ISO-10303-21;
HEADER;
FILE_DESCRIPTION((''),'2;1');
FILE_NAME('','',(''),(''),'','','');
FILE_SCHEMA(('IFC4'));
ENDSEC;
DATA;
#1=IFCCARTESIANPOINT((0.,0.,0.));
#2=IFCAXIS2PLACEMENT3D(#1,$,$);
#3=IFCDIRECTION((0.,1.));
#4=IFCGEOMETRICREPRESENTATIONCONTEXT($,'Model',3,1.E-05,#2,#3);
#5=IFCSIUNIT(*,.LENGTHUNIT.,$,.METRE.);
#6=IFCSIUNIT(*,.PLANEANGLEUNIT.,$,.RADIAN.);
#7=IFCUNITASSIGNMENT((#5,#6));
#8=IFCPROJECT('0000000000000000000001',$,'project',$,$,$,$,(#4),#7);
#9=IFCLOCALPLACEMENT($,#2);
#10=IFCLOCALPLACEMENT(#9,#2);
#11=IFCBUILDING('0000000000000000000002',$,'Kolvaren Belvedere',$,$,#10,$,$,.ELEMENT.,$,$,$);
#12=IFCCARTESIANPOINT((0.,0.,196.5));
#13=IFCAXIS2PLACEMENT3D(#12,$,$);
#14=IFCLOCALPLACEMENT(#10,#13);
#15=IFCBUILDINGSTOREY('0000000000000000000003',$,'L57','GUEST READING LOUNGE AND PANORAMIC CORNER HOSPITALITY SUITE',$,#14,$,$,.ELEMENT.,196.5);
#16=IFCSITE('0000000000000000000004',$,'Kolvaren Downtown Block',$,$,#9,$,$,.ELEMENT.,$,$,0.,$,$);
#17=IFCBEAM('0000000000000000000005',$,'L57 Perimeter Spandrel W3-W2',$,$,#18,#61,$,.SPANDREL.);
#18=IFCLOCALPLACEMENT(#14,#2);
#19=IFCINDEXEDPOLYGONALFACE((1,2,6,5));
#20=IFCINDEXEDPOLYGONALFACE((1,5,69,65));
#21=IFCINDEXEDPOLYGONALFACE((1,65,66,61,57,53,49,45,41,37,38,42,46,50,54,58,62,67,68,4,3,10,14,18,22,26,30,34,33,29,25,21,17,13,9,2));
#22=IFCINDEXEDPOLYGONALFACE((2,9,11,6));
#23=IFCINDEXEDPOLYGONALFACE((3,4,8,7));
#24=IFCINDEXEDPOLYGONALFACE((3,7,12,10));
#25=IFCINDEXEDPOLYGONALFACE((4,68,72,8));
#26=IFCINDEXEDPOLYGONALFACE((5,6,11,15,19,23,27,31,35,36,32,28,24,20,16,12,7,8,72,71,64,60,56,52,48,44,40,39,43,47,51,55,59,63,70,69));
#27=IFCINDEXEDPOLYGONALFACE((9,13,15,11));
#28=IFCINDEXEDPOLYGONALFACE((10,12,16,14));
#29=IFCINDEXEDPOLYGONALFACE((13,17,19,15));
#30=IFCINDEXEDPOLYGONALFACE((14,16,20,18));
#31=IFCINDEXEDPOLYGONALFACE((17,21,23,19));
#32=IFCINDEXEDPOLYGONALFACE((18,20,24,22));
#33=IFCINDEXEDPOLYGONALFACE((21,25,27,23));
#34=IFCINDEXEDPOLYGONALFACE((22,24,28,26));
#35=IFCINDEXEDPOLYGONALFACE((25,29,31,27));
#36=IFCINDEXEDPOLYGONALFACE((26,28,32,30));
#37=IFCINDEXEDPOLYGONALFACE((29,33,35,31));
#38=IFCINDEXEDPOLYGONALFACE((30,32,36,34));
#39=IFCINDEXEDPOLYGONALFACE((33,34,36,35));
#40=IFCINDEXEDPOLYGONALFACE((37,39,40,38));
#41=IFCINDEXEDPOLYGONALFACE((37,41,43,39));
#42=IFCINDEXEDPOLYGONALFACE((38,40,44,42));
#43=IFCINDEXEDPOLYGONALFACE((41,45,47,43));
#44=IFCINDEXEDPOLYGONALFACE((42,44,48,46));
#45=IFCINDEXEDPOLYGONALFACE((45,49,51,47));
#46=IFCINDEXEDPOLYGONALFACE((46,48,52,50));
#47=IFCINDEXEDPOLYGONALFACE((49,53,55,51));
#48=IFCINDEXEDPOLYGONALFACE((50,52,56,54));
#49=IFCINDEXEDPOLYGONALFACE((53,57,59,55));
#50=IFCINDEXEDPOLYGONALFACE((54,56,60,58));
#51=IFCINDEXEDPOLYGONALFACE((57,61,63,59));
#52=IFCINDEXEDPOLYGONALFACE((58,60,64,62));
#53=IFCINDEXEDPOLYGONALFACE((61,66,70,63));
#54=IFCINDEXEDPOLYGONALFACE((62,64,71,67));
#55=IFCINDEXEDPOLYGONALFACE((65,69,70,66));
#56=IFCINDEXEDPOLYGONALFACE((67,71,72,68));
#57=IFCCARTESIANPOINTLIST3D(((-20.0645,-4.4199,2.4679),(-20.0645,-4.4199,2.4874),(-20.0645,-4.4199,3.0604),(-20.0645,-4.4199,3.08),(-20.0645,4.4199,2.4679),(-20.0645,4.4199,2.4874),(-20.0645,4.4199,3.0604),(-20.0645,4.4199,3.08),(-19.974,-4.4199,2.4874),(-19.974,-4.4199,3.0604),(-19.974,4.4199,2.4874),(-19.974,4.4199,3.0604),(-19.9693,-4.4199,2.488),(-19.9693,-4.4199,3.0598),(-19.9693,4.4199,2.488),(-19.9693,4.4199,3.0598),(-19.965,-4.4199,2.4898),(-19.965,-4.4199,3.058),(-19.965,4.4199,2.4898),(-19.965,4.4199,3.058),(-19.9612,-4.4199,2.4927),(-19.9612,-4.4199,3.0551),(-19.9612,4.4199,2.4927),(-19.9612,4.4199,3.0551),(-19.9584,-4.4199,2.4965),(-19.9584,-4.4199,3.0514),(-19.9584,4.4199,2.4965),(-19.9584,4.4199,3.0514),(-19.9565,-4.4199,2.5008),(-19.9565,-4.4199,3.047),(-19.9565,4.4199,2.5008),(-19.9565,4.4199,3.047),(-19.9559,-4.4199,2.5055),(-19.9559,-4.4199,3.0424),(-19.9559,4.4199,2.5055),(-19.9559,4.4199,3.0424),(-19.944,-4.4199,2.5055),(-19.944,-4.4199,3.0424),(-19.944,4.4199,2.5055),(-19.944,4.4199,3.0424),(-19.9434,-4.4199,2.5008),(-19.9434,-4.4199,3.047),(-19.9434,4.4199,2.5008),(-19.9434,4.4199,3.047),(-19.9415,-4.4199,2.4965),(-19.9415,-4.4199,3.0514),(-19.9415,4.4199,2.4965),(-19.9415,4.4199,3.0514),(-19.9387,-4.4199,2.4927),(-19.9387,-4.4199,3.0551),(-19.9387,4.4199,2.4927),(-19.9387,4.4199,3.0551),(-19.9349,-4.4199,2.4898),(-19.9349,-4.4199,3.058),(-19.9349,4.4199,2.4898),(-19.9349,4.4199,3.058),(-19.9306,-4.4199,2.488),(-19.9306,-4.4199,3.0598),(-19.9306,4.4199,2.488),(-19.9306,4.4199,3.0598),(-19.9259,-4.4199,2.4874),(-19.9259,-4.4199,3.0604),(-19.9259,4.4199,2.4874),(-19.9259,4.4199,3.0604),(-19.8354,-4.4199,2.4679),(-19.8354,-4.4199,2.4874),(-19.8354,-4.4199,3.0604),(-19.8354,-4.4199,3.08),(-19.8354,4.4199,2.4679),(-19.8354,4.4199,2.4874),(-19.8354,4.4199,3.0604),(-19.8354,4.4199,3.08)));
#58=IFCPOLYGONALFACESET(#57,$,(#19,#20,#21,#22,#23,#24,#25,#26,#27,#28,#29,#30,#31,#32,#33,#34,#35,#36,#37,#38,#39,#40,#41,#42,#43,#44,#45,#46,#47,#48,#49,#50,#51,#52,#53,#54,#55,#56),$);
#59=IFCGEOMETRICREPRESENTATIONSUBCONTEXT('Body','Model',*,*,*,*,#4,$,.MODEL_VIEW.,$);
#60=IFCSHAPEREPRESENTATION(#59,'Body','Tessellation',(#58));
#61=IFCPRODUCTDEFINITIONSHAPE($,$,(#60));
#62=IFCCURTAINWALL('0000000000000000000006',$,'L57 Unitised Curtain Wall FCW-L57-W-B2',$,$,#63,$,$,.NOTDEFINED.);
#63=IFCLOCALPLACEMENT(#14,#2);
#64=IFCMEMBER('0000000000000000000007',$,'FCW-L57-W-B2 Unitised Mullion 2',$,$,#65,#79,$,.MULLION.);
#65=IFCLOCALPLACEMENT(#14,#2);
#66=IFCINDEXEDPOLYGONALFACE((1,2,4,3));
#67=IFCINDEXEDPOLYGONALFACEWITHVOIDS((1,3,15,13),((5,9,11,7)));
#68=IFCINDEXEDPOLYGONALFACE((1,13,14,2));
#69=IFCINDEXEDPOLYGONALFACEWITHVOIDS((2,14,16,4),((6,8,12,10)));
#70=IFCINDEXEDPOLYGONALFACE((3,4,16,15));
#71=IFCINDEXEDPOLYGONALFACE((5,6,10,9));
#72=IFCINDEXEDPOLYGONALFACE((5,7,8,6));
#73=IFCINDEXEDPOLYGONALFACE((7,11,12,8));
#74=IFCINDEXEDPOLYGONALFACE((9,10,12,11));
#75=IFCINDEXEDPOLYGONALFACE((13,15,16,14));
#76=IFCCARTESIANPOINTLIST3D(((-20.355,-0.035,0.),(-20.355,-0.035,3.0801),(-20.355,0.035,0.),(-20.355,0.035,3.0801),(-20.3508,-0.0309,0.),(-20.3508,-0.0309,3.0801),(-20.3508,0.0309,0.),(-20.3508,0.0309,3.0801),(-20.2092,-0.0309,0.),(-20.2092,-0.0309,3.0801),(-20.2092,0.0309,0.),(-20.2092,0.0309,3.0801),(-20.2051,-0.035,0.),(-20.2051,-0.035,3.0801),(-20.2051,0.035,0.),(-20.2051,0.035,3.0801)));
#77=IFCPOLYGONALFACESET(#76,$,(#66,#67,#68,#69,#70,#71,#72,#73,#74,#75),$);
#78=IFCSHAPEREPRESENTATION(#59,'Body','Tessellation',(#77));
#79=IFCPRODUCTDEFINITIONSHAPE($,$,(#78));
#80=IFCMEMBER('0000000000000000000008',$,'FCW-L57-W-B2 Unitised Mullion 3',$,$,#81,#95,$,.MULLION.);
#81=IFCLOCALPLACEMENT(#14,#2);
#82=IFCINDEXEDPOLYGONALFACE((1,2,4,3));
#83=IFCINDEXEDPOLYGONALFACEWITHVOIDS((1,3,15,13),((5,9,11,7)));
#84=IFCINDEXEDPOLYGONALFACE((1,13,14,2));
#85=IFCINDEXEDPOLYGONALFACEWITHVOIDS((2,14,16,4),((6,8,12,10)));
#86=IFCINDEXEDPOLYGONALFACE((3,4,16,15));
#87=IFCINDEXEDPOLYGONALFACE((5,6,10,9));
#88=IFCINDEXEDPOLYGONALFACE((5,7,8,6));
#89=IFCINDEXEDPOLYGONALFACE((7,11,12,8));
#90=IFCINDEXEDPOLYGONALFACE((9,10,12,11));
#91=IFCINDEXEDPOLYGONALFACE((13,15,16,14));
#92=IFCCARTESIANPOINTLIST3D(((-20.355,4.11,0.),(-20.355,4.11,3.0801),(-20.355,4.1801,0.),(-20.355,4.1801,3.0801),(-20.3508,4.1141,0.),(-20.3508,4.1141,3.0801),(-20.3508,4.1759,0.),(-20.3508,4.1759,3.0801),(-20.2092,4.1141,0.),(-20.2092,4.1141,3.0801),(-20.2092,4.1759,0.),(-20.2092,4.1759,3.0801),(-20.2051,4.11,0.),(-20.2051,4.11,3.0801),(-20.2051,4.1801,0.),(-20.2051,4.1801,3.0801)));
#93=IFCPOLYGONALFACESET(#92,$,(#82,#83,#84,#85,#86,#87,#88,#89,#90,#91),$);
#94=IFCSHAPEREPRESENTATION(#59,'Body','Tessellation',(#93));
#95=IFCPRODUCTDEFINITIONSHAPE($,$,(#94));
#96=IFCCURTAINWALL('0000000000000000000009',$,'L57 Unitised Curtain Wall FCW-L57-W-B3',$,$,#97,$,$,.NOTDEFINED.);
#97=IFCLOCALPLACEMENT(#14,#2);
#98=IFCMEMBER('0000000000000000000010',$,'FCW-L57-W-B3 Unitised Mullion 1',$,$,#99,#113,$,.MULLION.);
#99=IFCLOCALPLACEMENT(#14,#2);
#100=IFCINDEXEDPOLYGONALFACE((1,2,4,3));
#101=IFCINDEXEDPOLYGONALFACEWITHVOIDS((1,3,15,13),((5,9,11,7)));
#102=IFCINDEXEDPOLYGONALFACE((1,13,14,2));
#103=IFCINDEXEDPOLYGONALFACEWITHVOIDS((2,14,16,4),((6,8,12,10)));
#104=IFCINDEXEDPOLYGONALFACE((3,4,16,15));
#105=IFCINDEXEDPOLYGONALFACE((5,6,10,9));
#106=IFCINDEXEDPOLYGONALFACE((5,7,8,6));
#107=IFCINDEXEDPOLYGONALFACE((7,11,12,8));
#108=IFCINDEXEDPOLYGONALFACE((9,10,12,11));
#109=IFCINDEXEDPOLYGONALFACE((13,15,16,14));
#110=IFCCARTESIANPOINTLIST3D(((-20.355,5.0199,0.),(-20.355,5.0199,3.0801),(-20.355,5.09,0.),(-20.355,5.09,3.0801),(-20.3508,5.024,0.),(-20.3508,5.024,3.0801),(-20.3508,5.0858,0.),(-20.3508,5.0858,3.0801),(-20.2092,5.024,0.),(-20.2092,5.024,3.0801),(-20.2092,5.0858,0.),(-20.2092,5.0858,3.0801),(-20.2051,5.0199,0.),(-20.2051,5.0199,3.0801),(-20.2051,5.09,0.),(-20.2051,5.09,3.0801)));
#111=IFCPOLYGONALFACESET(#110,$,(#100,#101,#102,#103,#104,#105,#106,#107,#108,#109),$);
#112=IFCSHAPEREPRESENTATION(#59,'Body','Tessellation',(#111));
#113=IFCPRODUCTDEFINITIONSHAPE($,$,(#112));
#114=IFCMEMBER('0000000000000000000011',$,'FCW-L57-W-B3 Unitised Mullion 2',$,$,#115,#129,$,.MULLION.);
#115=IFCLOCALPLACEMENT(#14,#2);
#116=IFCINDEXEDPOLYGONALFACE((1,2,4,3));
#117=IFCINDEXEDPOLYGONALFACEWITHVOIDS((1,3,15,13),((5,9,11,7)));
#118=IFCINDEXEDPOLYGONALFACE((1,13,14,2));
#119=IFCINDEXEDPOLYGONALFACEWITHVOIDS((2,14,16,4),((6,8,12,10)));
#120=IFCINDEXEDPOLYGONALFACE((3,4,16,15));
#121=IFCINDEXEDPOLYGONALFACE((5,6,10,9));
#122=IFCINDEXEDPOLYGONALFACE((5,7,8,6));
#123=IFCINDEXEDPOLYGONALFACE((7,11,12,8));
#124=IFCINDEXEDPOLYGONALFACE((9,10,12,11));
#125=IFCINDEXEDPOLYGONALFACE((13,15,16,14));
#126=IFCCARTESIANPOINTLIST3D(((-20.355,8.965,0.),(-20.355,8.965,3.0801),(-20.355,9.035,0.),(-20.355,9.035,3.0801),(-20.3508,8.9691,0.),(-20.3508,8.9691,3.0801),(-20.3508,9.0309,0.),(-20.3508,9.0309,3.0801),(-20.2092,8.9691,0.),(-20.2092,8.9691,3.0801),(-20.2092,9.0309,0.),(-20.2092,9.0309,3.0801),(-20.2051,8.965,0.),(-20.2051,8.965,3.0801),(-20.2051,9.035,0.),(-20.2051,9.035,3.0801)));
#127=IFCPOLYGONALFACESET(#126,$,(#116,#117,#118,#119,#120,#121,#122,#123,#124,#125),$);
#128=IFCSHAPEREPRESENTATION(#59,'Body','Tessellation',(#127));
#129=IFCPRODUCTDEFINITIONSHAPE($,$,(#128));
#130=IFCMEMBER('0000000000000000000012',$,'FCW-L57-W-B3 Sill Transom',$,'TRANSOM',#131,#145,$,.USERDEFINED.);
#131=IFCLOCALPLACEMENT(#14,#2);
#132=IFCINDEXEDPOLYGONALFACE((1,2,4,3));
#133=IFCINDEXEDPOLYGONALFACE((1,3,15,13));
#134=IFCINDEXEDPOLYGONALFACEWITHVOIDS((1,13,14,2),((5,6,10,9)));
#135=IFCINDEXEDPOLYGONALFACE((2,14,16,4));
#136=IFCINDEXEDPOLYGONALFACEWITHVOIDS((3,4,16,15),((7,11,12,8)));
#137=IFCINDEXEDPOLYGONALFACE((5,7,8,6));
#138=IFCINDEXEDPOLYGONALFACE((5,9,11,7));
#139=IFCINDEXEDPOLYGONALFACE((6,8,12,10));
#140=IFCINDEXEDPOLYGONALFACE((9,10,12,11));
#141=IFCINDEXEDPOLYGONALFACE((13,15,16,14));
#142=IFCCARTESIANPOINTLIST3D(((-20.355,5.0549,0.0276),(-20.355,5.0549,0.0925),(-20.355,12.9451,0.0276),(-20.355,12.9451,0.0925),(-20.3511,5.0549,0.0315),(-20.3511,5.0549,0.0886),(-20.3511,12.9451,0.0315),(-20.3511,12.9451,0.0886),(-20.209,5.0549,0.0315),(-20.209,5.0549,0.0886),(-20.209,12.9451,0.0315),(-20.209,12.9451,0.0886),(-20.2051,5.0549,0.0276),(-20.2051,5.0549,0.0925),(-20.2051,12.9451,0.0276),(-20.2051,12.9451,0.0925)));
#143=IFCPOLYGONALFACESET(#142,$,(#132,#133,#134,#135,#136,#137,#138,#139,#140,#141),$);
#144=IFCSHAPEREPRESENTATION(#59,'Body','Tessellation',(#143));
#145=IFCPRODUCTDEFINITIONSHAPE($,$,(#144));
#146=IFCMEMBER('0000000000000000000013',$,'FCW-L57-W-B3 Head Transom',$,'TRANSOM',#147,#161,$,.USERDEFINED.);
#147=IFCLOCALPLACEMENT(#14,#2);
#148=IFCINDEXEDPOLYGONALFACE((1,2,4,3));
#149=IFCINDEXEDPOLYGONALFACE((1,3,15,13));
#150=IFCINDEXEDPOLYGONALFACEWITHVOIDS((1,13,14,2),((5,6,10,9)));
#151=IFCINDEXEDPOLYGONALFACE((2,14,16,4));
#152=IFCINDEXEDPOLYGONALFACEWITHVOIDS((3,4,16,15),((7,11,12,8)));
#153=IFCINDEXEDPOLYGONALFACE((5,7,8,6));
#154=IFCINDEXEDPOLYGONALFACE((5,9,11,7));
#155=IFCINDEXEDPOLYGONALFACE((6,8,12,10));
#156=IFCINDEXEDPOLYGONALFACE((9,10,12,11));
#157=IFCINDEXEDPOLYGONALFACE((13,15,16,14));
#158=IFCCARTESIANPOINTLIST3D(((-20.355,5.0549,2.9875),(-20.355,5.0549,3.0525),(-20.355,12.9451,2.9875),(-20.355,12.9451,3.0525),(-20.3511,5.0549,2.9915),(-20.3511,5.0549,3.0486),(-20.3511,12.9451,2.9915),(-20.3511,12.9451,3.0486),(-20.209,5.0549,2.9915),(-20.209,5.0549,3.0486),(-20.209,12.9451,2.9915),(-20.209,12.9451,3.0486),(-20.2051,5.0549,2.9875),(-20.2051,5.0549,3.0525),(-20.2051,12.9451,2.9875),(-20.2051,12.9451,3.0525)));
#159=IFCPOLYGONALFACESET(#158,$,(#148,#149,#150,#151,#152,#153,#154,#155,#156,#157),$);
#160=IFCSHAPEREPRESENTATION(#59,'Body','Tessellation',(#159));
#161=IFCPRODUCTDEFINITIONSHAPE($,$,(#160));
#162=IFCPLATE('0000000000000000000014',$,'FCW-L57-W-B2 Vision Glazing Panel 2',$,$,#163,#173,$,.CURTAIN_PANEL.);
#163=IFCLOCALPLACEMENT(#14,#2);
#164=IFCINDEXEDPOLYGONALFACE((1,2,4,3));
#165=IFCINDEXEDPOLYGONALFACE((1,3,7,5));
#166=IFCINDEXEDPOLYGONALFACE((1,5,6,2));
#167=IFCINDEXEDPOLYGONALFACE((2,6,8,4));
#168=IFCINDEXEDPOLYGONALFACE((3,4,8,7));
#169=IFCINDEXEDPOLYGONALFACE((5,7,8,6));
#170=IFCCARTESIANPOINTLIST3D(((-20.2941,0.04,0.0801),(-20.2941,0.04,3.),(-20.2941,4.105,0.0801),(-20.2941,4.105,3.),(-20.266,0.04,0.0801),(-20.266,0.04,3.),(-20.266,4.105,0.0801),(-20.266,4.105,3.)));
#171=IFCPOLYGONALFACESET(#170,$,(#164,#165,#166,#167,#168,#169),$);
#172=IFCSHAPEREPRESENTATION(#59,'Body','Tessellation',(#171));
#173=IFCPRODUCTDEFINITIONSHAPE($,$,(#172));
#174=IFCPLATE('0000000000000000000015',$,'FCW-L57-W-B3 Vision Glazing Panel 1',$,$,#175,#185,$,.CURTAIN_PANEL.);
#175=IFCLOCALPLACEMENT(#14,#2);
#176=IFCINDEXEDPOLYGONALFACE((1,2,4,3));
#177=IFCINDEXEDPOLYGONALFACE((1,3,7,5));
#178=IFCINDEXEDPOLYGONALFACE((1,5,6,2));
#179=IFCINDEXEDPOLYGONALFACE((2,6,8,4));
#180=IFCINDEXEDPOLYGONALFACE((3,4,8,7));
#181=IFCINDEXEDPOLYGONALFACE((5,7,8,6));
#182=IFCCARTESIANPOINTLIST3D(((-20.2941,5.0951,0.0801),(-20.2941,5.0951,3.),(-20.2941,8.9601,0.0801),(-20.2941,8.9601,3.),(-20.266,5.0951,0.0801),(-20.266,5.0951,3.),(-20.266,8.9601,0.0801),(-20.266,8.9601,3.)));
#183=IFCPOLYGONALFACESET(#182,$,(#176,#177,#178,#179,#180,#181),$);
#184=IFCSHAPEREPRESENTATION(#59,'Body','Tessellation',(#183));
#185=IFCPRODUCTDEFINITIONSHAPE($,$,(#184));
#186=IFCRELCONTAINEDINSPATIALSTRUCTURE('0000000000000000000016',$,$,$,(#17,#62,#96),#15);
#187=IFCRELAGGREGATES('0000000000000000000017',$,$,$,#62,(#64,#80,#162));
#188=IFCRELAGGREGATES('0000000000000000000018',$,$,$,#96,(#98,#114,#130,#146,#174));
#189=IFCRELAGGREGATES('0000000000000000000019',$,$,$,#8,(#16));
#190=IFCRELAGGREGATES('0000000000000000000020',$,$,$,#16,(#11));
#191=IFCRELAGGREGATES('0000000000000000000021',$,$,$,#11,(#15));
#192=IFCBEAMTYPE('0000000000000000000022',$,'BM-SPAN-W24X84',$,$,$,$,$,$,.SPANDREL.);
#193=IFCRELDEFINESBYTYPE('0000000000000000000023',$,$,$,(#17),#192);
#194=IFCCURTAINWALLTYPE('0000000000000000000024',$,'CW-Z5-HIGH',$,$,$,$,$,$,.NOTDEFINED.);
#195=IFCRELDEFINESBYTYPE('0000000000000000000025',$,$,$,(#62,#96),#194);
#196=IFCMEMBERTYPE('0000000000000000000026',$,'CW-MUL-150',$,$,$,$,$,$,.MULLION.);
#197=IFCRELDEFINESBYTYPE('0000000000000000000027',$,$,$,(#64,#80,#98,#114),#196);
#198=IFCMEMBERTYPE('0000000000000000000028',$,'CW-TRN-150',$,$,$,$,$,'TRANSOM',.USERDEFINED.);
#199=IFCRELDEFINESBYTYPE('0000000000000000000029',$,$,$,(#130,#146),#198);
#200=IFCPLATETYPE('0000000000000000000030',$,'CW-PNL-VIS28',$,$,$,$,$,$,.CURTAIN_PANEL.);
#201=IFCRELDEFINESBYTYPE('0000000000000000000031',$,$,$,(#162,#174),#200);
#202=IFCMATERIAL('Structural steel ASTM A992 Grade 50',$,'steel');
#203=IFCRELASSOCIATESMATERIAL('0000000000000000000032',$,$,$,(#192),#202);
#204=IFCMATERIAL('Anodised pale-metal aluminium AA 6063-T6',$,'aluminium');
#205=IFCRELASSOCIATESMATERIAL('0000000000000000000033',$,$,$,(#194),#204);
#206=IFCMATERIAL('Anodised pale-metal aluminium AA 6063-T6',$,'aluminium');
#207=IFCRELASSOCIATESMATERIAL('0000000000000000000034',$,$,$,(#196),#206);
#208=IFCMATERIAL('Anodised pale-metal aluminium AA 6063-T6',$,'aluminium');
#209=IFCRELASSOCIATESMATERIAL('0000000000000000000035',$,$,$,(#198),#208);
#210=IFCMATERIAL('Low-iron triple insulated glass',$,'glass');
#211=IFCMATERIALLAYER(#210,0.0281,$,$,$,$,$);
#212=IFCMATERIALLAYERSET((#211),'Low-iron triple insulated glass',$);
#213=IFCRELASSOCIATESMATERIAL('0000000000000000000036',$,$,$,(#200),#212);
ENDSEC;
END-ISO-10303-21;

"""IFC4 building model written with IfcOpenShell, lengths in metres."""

from ifc_helpers import new_model, si_unit, direction, frame, origin, origin_2d, place, context, subcontext, project, spatial, rectangle, hollow_rectangle, i_section, extrude, material, layer, layer_set, material_profile, profile_set, type_object, element, aggregate, save


model = new_model("IFC4")

# Units and contexts
model_context = context("Model", 3, precision=1e-05, world=origin(), true_north=direction((0.0, 1.0)))
body_context = subcontext(model_context, "Body", "Model", "MODEL_VIEW")
ifc_project = project(units=[si_unit("LENGTHUNIT", "METRE"), si_unit("PLANEANGLEUNIT", "RADIAN")], contexts=[model_context])

# Site, building, storey
site_placement = place(None, origin())
site = spatial("IfcSite", under=ifc_project, at=site_placement, Name="Kolvaren Downtown Block", CompositionType="ELEMENT", RefElevation=0.0)
building_placement = place(site_placement, origin())
building = spatial("IfcBuilding", under=site, at=building_placement, Name="Kolvaren Belvedere", CompositionType="ELEMENT")
storey_placement = place(building_placement, frame((0.0, 0.0, 196.5)))
storey = spatial("IfcBuildingStorey", under=building, at=storey_placement, Name="L57", Description="GUEST READING LOUNGE AND PANORAMIC CORNER HOSPITALITY SUITE", CompositionType="ELEMENT", Elevation=196.5)

# Beam
ifc_material_1 = material(Name="Structural steel ASTM A992 Grade 50", Category="steel")
ifc_material_profile_1 = material_profile(ifc_material_1, i_section(OverallWidth=0.229, OverallDepth=0.6121, WebThickness=0.012, FlangeThickness=0.0195, FilletRadius=0.0181, at=origin_2d()), Name="W24X84")
ifc_profile_set_1 = profile_set([ifc_material_profile_1], Name="Structural steel ASTM A992 Grade 50")
beam_type_1 = type_object("IfcBeamType", Name="BM-SPAN-W24X84", PredefinedType="SPANDREL", material=ifc_profile_set_1)
beam_1_placement = place(storey_placement, frame((-19.95, 4.4199, 2.7739), z_axis=(0.0, -1.0, 0.0), x_axis=(1.0, 0.0, 0.0)))
element("IfcBeam", 1, at=beam_1_placement, inside=storey, type_object=beam_type_1, Name="L57 Perimeter Spandrel W3-W2", PredefinedType="SPANDREL", context=body_context, shape_type="SweptSolid", body=[
    extrude(i_section(OverallWidth=0.229, OverallDepth=0.6121, WebThickness=0.012, FlangeThickness=0.0195, FilletRadius=0.0181, at=origin_2d()), origin(), (0.0, 0.0, 1.0), 8.8398),
])

# Curtain walls, members
ifc_material_2 = material(Name="Anodised pale-metal aluminium AA 6063-T6", Category="aluminium")
curtain_wall_type = type_object("IfcCurtainWallType", Name="CW-Z5-HIGH", PredefinedType="NOTDEFINED", material=ifc_material_2)
curtain_wall_1_placement = place(storey_placement, origin())
curtain_wall_1 = element("IfcCurtainWall", 2, at=curtain_wall_1_placement, inside=storey, type_object=curtain_wall_type, Name="L57 Unitised Curtain Wall FCW-L57-W-B2", PredefinedType="NOTDEFINED")
ifc_material_3 = material(Name="Anodised pale-metal aluminium AA 6063-T6", Category="aluminium")
ifc_material_profile_2 = material_profile(ifc_material_3, hollow_rectangle(XDim=0.0701, YDim=0.1499, WallThickness=0.0042, at=origin_2d()), Name="ALU-MUL-150X70")
ifc_profile_set_2 = profile_set([ifc_material_profile_2], Name="Anodised pale-metal aluminium AA 6063-T6")
member_type_1 = type_object("IfcMemberType", Name="CW-MUL-150", PredefinedType="MULLION", material=ifc_profile_set_2)
member_1_placement = place(storey_placement, frame((-20.28, 0.0, 0.0), z_axis=(0.0, 0.0, 1.0), x_axis=(0.0, 1.0, 0.0)))
member_1 = element("IfcMember", 3, at=member_1_placement, type_object=member_type_1, Name="FCW-L57-W-B2 Unitised Mullion 2", PredefinedType="MULLION", context=body_context, shape_type="SweptSolid", body=[
    extrude(hollow_rectangle(XDim=0.0701, YDim=0.1499, WallThickness=0.0042, at=origin_2d()), origin(), (0.0, 0.0, 1.0), 3.0801),
])
member_2_placement = place(storey_placement, frame((-20.28, 4.145, 0.0), z_axis=(0.0, 0.0, 1.0), x_axis=(0.0, 1.0, 0.0)))
member_2 = element("IfcMember", 4, at=member_2_placement, type_object=member_type_1, Name="FCW-L57-W-B2 Unitised Mullion 3", PredefinedType="MULLION", context=body_context, shape_type="SweptSolid", body=[
    extrude(hollow_rectangle(XDim=0.0701, YDim=0.1499, WallThickness=0.0042, at=origin_2d()), origin(), (0.0, 0.0, 1.0), 3.0801),
])
curtain_wall_2_placement = place(storey_placement, origin())
curtain_wall_2 = element("IfcCurtainWall", 5, at=curtain_wall_2_placement, inside=storey, type_object=curtain_wall_type, Name="L57 Unitised Curtain Wall FCW-L57-W-B3", PredefinedType="NOTDEFINED")
member_3_placement = place(storey_placement, frame((-20.28, 5.0549, 0.0), z_axis=(0.0, 0.0, 1.0), x_axis=(0.0, 1.0, 0.0)))
member_3 = element("IfcMember", 6, at=member_3_placement, type_object=member_type_1, Name="FCW-L57-W-B3 Unitised Mullion 1", PredefinedType="MULLION", context=body_context, shape_type="SweptSolid", body=[
    extrude(hollow_rectangle(XDim=0.0701, YDim=0.1499, WallThickness=0.0042, at=origin_2d()), origin(), (0.0, 0.0, 1.0), 3.0801),
])
member_4_placement = place(storey_placement, frame((-20.28, 9.0, 0.0), z_axis=(0.0, 0.0, 1.0), x_axis=(0.0, 1.0, 0.0)))
member_4 = element("IfcMember", 7, at=member_4_placement, type_object=member_type_1, Name="FCW-L57-W-B3 Unitised Mullion 2", PredefinedType="MULLION", context=body_context, shape_type="SweptSolid", body=[
    extrude(hollow_rectangle(XDim=0.0701, YDim=0.1499, WallThickness=0.0042, at=origin_2d()), origin(), (0.0, 0.0, 1.0), 3.0801),
])
ifc_material_4 = material(Name="Anodised pale-metal aluminium AA 6063-T6", Category="aluminium")
ifc_material_profile_3 = material_profile(ifc_material_4, hollow_rectangle(XDim=0.0649, YDim=0.1499, WallThickness=0.0039, at=origin_2d()), Name="ALU-TRN-150X65")
ifc_profile_set_3 = profile_set([ifc_material_profile_3], Name="Anodised pale-metal aluminium AA 6063-T6")
member_type_2 = type_object("IfcMemberType", Name="CW-TRN-150", ElementType="TRANSOM", PredefinedType="USERDEFINED", material=ifc_profile_set_3)
member_5_placement = place(storey_placement, frame((-20.28, 5.0549, 0.0601), z_axis=(0.0, 1.0, 0.0), x_axis=(0.0, 0.0, 1.0)))
member_5 = element("IfcMember", 8, at=member_5_placement, type_object=member_type_2, Name="FCW-L57-W-B3 Sill Transom", ObjectType="TRANSOM", PredefinedType="USERDEFINED", context=body_context, shape_type="SweptSolid", body=[
    extrude(hollow_rectangle(XDim=0.0649, YDim=0.1499, WallThickness=0.0039, at=origin_2d()), origin(), (0.0, 0.0, 1.0), 7.8901),
])
member_6_placement = place(storey_placement, frame((-20.28, 5.0549, 3.02), z_axis=(0.0, 1.0, 0.0), x_axis=(0.0, 0.0, 1.0)))
member_6 = element("IfcMember", 9, at=member_6_placement, type_object=member_type_2, Name="FCW-L57-W-B3 Head Transom", ObjectType="TRANSOM", PredefinedType="USERDEFINED", context=body_context, shape_type="SweptSolid", body=[
    extrude(hollow_rectangle(XDim=0.0649, YDim=0.1499, WallThickness=0.0039, at=origin_2d()), origin(), (0.0, 0.0, 1.0), 7.8901),
])

# Plates
ifc_material_5 = material(Name="Low-iron triple insulated glass", Category="glass")
ifc_layer_1 = layer(ifc_material_5, 0.0281)
ifc_layer_set_1 = layer_set([ifc_layer_1], Name="Low-iron triple insulated glass")
plate_type_1 = type_object("IfcPlateType", Name="CW-PNL-VIS28", PredefinedType="CURTAIN_PANEL", material=ifc_layer_set_1)
plate_1_placement = place(storey_placement, frame((-20.28, 2.0725, 0.0801), z_axis=(0.0, 0.0, 1.0), x_axis=(0.0, 1.0, 0.0)))
plate_1 = element("IfcPlate", 10, at=plate_1_placement, type_object=plate_type_1, Name="FCW-L57-W-B2 Vision Glazing Panel 2", PredefinedType="CURTAIN_PANEL", context=body_context, shape_type="SweptSolid", body=[
    extrude(rectangle(XDim=4.0649, YDim=0.0281, at=origin_2d()), origin(), (0.0, 0.0, 1.0), 2.9199),
])
aggregate(curtain_wall_1, [member_1, member_2, plate_1])
plate_2_placement = place(storey_placement, frame((-20.28, 7.0276, 0.0801), z_axis=(0.0, 0.0, 1.0), x_axis=(0.0, 1.0, 0.0)))
plate_2 = element("IfcPlate", 11, at=plate_2_placement, type_object=plate_type_1, Name="FCW-L57-W-B3 Vision Glazing Panel 1", PredefinedType="CURTAIN_PANEL", context=body_context, shape_type="SweptSolid", body=[
    extrude(rectangle(XDim=3.865, YDim=0.0281, at=origin_2d()), origin(), (0.0, 0.0, 1.0), 2.9199),
])
aggregate(curtain_wall_2, [member_3, member_4, member_5, member_6, plate_2])

save(model, "model.ifc")
